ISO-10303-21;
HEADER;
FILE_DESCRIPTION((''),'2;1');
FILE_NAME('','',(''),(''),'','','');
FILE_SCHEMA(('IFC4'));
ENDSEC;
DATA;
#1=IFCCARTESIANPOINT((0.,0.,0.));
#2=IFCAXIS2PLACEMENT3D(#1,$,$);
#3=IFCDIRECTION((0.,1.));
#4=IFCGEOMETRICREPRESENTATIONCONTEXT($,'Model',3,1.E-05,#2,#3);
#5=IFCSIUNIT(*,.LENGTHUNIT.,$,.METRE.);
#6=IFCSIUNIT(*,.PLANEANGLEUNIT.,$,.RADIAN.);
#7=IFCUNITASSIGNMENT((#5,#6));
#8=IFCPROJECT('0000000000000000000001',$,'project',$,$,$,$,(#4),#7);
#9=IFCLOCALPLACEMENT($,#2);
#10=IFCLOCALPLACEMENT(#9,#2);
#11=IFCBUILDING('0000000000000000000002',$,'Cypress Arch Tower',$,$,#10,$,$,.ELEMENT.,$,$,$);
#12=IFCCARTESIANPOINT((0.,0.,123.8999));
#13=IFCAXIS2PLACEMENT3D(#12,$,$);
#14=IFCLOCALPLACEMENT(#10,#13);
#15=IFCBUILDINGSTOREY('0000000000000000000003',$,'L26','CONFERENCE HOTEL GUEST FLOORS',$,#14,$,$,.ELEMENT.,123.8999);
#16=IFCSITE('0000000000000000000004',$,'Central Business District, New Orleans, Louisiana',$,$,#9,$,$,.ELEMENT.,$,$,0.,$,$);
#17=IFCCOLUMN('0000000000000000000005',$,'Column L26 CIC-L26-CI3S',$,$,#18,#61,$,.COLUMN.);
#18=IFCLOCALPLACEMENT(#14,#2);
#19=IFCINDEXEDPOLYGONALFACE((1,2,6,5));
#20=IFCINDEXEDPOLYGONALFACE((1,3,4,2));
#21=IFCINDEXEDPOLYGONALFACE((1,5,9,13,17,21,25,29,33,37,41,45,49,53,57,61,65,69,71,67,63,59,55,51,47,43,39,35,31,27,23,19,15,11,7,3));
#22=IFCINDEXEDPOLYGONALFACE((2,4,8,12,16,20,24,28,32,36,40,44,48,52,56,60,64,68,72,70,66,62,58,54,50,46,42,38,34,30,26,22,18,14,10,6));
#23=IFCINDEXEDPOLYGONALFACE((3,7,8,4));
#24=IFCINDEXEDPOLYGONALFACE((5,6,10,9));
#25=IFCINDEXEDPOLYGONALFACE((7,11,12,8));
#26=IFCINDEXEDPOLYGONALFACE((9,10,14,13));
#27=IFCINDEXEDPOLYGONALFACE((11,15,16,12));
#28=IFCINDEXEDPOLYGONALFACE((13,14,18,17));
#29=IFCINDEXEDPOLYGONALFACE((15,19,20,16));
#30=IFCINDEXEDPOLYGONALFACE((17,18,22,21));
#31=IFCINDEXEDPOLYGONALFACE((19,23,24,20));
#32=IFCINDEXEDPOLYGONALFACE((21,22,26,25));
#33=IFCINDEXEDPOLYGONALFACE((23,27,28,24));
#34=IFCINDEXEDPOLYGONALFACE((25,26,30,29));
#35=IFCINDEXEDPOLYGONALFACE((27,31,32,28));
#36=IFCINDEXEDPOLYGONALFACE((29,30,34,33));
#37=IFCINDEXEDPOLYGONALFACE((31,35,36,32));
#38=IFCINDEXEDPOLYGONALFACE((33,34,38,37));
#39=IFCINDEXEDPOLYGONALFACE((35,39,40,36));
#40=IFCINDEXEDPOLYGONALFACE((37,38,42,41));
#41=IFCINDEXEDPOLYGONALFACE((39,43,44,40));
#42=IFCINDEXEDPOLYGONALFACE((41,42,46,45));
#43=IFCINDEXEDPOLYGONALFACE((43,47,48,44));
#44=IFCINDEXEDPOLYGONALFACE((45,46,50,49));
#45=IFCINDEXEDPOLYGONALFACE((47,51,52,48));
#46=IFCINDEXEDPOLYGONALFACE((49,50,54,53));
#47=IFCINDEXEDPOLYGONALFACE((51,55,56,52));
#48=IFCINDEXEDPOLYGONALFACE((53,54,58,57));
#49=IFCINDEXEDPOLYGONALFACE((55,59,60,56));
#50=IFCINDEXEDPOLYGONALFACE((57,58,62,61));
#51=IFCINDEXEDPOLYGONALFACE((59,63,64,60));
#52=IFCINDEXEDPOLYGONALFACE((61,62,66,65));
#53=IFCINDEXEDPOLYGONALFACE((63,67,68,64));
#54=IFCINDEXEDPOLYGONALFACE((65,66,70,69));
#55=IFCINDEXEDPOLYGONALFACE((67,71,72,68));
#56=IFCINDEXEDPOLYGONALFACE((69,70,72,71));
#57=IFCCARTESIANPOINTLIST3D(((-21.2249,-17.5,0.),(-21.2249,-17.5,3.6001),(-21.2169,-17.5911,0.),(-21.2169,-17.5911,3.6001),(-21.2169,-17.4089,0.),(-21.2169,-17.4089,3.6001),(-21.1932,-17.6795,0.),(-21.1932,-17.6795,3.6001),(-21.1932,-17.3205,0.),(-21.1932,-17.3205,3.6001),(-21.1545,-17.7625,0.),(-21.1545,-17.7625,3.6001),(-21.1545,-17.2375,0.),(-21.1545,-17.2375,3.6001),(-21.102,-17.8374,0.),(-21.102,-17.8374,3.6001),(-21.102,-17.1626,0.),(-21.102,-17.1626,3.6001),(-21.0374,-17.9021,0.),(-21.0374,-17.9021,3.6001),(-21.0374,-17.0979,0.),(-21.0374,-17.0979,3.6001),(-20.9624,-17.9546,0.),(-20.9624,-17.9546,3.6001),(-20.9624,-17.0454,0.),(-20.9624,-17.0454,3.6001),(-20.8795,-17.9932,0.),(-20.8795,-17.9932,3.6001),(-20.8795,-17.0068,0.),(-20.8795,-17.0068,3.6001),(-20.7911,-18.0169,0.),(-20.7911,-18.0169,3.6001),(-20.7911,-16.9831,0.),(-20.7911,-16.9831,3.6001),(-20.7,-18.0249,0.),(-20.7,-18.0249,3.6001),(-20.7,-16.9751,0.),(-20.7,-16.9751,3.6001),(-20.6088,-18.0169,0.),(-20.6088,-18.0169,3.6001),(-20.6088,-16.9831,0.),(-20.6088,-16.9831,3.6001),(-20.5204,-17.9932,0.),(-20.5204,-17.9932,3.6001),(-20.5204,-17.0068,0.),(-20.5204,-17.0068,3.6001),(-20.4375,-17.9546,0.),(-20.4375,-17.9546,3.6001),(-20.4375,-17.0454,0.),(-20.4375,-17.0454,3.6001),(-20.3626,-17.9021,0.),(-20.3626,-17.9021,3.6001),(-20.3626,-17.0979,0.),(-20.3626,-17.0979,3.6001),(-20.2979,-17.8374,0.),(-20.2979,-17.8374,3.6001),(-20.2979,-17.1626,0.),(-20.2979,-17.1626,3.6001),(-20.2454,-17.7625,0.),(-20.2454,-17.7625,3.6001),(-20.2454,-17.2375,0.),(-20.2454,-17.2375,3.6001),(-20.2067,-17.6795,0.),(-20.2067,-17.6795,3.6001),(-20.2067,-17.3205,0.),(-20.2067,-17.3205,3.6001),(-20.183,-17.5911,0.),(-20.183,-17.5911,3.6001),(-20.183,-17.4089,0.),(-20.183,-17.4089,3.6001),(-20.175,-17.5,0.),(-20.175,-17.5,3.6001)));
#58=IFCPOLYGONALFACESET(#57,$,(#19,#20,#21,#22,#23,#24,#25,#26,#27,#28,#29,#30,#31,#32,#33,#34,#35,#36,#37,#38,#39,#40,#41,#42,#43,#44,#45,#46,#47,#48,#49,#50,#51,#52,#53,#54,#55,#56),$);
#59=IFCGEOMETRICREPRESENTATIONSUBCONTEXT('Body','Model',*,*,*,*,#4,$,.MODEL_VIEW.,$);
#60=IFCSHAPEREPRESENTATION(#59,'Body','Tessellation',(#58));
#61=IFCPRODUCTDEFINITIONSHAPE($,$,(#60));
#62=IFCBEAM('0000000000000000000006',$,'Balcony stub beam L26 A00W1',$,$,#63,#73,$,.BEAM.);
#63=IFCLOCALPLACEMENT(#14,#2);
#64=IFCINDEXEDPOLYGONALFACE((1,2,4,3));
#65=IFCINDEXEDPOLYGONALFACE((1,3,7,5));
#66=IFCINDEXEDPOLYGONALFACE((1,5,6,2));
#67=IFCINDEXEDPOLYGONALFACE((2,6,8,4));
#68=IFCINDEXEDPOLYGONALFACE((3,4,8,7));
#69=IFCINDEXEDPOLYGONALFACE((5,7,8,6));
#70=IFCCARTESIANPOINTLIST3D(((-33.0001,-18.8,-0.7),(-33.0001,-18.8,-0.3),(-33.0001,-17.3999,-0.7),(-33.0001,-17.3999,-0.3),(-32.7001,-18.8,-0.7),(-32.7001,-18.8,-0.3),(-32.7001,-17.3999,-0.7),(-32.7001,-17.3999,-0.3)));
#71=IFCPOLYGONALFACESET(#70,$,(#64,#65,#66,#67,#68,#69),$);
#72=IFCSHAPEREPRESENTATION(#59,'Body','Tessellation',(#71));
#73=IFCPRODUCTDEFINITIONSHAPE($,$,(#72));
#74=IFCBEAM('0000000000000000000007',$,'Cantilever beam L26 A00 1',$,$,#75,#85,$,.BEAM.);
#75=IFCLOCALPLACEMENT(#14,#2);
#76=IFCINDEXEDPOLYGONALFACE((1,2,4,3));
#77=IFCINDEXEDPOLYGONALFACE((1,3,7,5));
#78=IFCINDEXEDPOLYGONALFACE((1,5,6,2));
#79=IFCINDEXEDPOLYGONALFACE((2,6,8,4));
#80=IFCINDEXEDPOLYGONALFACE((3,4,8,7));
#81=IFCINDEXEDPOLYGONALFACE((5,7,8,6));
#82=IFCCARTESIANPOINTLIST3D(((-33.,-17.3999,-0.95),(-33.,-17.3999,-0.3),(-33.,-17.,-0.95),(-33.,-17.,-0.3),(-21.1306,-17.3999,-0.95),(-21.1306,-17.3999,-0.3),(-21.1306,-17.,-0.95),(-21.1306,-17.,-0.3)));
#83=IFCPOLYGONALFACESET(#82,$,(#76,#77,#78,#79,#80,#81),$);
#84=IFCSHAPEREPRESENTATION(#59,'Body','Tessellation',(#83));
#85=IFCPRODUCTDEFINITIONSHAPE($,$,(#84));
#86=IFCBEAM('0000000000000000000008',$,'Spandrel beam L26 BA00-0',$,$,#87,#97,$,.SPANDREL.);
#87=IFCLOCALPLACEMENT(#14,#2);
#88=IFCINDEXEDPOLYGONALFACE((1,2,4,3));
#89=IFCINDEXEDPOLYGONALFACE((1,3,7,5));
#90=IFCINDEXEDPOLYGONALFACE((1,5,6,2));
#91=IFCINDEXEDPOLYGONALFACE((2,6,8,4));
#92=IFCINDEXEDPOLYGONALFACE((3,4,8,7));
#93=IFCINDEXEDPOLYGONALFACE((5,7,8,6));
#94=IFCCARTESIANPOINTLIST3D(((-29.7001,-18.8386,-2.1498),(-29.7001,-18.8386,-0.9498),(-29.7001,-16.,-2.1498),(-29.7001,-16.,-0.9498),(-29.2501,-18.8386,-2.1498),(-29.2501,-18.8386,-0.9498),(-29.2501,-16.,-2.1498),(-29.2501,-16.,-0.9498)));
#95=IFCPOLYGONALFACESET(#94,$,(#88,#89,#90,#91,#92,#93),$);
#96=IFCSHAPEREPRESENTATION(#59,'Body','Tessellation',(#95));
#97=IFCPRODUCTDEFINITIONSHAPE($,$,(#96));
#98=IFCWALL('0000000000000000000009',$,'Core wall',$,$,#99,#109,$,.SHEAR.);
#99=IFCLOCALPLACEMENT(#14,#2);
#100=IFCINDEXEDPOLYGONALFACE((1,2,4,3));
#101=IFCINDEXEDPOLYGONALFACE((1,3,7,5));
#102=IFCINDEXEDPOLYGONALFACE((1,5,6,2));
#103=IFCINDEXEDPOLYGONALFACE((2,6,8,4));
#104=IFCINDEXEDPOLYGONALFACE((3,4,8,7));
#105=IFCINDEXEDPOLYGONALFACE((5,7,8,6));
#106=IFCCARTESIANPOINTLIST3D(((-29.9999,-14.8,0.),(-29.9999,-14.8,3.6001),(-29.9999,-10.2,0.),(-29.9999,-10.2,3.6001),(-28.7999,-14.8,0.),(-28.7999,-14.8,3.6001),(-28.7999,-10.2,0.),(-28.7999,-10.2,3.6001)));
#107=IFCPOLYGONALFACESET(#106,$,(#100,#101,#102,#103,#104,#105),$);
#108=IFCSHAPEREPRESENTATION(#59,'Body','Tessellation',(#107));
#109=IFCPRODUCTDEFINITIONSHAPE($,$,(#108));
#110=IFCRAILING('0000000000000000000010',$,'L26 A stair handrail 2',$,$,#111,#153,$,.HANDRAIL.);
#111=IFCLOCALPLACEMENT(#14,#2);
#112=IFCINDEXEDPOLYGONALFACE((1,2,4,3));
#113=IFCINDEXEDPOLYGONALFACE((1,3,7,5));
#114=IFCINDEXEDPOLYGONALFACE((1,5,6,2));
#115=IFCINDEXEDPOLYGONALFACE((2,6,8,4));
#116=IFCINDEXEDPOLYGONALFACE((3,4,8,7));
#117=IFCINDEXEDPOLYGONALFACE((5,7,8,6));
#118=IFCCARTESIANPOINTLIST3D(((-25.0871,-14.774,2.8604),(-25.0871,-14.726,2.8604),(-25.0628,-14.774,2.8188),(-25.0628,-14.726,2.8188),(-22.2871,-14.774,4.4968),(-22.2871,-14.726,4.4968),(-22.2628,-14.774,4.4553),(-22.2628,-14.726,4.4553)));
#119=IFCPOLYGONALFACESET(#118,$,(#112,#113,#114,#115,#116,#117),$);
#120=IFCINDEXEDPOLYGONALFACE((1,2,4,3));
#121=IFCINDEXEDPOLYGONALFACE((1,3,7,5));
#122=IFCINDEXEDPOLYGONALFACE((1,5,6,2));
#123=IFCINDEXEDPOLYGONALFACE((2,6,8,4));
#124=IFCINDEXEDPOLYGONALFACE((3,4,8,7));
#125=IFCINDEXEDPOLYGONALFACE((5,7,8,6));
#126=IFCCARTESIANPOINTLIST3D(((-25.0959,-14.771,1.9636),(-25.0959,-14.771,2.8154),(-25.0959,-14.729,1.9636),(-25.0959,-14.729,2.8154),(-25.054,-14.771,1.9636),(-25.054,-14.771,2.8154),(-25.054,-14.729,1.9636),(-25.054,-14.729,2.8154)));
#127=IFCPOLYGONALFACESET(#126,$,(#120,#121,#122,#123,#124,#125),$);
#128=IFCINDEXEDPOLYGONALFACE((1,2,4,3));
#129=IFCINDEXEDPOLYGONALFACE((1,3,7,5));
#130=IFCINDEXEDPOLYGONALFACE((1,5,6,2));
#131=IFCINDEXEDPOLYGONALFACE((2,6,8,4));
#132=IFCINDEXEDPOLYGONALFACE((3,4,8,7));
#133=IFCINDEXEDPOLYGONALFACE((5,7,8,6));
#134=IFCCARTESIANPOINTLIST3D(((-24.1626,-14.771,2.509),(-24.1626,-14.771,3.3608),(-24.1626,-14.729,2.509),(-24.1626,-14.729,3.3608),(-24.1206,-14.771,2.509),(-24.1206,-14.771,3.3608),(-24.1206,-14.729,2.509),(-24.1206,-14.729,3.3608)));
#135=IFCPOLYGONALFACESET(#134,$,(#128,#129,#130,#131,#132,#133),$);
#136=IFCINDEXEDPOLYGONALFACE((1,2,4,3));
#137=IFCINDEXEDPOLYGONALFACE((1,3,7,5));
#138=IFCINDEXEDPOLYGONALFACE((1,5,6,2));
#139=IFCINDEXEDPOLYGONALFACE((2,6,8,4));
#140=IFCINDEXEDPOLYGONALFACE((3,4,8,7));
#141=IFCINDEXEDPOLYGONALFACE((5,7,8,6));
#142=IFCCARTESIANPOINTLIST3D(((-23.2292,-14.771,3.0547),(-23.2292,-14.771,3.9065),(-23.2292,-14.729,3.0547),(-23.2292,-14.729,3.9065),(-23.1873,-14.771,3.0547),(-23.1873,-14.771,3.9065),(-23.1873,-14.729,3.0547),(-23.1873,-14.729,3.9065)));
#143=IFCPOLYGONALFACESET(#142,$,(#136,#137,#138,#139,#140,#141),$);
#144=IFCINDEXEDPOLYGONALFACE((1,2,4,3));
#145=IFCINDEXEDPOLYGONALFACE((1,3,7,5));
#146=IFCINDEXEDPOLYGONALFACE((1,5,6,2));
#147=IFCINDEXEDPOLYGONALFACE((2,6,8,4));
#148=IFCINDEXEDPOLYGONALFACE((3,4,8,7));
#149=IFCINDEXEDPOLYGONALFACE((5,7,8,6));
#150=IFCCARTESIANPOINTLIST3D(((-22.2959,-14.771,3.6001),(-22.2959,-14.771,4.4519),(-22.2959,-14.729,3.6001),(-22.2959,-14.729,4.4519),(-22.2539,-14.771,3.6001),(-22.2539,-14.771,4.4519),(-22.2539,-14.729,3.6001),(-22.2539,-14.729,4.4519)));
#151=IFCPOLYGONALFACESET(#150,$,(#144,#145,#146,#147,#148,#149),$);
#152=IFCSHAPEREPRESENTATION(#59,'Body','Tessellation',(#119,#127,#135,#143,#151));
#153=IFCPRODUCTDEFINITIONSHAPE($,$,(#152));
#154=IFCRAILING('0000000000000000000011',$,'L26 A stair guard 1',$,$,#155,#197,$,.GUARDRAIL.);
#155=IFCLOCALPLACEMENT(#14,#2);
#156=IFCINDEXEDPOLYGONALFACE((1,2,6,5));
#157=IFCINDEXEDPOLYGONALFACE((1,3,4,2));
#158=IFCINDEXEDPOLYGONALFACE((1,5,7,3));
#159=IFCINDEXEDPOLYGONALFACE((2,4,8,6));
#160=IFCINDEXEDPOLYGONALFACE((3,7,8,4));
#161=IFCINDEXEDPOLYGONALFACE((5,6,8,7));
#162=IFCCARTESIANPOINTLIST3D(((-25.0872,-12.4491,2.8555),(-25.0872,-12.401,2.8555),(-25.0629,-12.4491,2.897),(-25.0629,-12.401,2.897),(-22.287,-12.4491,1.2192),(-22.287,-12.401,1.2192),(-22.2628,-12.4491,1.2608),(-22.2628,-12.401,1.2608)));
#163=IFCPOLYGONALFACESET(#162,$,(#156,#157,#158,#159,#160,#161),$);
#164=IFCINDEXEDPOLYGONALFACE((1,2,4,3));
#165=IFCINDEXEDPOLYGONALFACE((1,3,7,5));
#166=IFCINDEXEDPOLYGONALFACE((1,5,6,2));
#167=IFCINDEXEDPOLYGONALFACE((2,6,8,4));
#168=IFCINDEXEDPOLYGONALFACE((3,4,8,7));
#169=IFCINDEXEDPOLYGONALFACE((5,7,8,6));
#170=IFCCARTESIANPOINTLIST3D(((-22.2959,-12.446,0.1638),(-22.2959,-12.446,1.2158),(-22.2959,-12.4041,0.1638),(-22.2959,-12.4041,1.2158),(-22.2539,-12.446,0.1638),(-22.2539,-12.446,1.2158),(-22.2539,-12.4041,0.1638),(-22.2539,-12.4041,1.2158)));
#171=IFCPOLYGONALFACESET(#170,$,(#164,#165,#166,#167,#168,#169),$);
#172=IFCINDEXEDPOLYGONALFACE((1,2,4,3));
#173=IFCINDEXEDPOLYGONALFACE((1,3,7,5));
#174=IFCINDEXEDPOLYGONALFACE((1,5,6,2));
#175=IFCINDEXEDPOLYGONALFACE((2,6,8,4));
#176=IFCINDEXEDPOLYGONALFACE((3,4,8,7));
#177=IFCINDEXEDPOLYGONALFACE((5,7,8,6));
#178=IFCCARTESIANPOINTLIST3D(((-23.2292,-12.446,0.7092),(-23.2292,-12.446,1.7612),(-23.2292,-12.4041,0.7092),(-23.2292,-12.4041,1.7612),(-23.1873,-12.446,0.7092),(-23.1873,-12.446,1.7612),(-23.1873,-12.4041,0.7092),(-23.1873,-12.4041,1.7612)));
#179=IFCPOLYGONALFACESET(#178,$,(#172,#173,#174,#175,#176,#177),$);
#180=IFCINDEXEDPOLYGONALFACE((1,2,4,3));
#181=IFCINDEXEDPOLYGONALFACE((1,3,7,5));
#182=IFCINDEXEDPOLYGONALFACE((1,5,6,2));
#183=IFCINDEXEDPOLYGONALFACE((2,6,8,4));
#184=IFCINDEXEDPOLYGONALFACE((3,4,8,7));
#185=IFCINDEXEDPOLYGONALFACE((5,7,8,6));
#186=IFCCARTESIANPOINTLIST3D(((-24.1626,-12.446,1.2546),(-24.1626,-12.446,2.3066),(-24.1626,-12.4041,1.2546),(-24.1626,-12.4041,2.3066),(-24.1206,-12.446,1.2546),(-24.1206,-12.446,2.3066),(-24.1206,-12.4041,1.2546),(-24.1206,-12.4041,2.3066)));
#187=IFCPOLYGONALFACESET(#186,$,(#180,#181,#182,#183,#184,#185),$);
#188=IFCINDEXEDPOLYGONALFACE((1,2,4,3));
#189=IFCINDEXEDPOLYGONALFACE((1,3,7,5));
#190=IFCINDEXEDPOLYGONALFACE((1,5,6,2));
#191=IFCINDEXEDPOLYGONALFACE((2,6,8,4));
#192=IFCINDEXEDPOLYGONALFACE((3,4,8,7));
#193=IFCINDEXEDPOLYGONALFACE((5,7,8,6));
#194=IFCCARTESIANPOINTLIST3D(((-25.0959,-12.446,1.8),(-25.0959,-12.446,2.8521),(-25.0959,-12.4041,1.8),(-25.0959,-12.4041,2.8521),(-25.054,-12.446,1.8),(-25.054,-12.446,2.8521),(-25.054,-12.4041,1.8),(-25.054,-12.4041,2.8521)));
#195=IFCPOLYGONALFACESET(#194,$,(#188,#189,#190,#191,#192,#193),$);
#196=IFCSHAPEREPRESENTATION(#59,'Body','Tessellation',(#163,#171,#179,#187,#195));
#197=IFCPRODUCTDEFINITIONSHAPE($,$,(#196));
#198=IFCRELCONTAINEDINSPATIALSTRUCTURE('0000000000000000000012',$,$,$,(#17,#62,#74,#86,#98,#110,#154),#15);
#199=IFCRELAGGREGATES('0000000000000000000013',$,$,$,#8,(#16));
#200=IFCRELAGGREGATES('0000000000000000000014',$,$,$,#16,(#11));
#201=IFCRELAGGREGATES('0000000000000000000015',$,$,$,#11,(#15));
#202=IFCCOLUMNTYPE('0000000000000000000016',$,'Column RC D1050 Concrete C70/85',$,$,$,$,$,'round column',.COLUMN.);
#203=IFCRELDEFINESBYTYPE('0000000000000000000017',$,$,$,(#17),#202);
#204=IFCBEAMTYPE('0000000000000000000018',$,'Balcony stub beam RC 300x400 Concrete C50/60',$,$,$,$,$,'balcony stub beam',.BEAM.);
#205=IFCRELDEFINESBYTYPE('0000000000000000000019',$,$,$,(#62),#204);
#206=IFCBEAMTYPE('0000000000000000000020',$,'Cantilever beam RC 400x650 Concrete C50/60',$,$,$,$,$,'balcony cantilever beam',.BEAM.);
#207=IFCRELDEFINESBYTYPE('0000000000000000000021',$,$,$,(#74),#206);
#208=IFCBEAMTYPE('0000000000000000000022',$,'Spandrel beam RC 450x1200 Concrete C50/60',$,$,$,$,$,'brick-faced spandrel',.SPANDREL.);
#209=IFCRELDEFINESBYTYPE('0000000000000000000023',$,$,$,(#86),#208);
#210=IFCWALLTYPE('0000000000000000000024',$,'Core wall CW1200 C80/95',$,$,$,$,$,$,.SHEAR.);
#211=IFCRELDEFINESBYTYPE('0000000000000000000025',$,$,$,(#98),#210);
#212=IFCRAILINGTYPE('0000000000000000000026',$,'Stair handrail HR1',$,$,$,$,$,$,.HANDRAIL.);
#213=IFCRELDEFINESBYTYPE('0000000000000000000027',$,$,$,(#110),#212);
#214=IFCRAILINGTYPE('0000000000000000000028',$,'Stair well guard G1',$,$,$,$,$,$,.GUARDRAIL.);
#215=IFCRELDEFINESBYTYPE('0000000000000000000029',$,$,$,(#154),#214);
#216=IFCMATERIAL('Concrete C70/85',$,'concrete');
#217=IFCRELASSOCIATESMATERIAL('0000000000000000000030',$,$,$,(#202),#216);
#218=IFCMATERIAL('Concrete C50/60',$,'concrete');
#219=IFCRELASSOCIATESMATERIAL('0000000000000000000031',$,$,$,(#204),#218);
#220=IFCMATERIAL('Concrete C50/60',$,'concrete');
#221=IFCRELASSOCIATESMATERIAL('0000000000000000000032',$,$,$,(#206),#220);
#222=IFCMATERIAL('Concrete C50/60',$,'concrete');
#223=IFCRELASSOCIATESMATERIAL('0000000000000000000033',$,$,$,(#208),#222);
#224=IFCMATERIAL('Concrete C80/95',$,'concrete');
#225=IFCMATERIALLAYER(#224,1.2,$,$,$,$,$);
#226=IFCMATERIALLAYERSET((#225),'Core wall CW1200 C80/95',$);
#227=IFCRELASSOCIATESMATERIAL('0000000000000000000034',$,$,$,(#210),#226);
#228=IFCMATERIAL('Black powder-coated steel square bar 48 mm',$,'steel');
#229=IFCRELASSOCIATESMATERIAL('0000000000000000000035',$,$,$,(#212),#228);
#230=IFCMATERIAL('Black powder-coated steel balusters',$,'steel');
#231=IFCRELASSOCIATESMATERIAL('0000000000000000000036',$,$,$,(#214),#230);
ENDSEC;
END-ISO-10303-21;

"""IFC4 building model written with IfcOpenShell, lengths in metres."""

from ifc_helpers import new_model, si_unit, direction, frame, frame_2d, origin, origin_2d, place, context, subcontext, project, spatial, rectangle, circle, extrude, material, layer, layer_set, material_profile, profile_set, type_object, element, save


model = new_model("IFC4")

# Units and contexts
model_context = context("Model", 3, precision=1e-05, world=origin(), true_north=direction((0.0, 1.0)))
body_context = subcontext(model_context, "Body", "Model", "MODEL_VIEW")
ifc_project = project(units=[si_unit("LENGTHUNIT", "METRE"), si_unit("PLANEANGLEUNIT", "RADIAN")], contexts=[model_context])

# Site, building, storey
site_placement = place(None, origin())
site = spatial("IfcSite", under=ifc_project, at=site_placement, Name="Central Business District, New Orleans, Louisiana", CompositionType="ELEMENT", RefElevation=0.0)
building_placement = place(site_placement, origin())
building = spatial("IfcBuilding", under=site, at=building_placement, Name="Cypress Arch Tower", CompositionType="ELEMENT")
storey_placement = place(building_placement, frame((0.0, 0.0, 123.8999)))
storey = spatial("IfcBuildingStorey", under=building, at=storey_placement, Name="L26", Description="CONFERENCE HOTEL GUEST FLOORS", CompositionType="ELEMENT", Elevation=123.8999)

# Column
ifc_material_1 = material(Name="Concrete C70/85", Category="concrete")
ifc_material_profile_1 = material_profile(ifc_material_1, circle(Radius=0.5249, at=origin_2d()), Name="RC D1050")
ifc_profile_set_1 = profile_set([ifc_material_profile_1], Name="Concrete C70/85")
column_type = type_object("IfcColumnType", Name="Column RC D1050 Concrete C70/85", ElementType="round column", PredefinedType="COLUMN", material=ifc_profile_set_1)
column_placement = place(storey_placement, frame((-20.7, -17.5, 0.0), z_axis=(0.0, 0.0, 1.0), x_axis=(1.0, 0.0, 0.0)))
element("IfcColumn", 1, at=column_placement, inside=storey, type_object=column_type, Name="Column L26 CIC-L26-CI3S", PredefinedType="COLUMN", context=body_context, shape_type="SweptSolid", body=[
    extrude(circle(Radius=0.5249, at=origin_2d()), origin(), (0.0, 0.0, 1.0), 3.6001),
])

# Beams
ifc_material_2 = material(Name="Concrete C50/60", Category="concrete")
ifc_material_profile_2 = material_profile(ifc_material_2, rectangle(XDim=0.3, YDim=0.3999, at=origin_2d()), Name="RC 300x400")
ifc_profile_set_2 = profile_set([ifc_material_profile_2], Name="Concrete C50/60")
beam_type_1 = type_object("IfcBeamType", Name="Balcony stub beam RC 300x400 Concrete C50/60", ElementType="balcony stub beam", PredefinedType="BEAM", material=ifc_profile_set_2)
beam_1_placement = place(storey_placement, frame((-32.8501, -17.3999, -0.5), z_axis=(0.0, -1.0, 0.0), x_axis=(1.0, 0.0, 0.0)))
element("IfcBeam", 2, at=beam_1_placement, inside=storey, type_object=beam_type_1, Name="Balcony stub beam L26 A00W1", PredefinedType="BEAM", context=body_context, shape_type="SweptSolid", body=[
    extrude(rectangle(XDim=0.3, YDim=0.3999, at=origin_2d()), origin(), (0.0, 0.0, 1.0), 1.4001),
])
ifc_material_3 = material(Name="Concrete C50/60", Category="concrete")
ifc_material_profile_3 = material_profile(ifc_material_3, rectangle(XDim=0.3999, YDim=0.6499, at=origin_2d()), Name="RC 400x650")
ifc_profile_set_3 = profile_set([ifc_material_profile_3], Name="Concrete C50/60")
beam_type_2 = type_object("IfcBeamType", Name="Cantilever beam RC 400x650 Concrete C50/60", ElementType="balcony cantilever beam", PredefinedType="BEAM", material=ifc_profile_set_3)
beam_2_placement = place(storey_placement, frame((-21.1306, -17.2, -0.625), z_axis=(-1.0, 0.0, 0.0), x_axis=(0.0, -1.0, 0.0)))
element("IfcBeam", 3, at=beam_2_placement, inside=storey, type_object=beam_type_2, Name="Cantilever beam L26 A00 1", PredefinedType="BEAM", context=body_context, shape_type="SweptSolid", body=[
    extrude(rectangle(XDim=0.3999, YDim=0.6499, at=origin_2d()), origin(), (0.0, 0.0, 1.0), 11.8694),
])
ifc_material_4 = material(Name="Concrete C50/60", Category="concrete")
ifc_material_profile_4 = material_profile(ifc_material_4, rectangle(XDim=0.45, YDim=1.2, at=origin_2d()), Name="RC 450x1200")
ifc_profile_set_4 = profile_set([ifc_material_profile_4], Name="Concrete C50/60")
beam_type_3 = type_object("IfcBeamType", Name="Spandrel beam RC 450x1200 Concrete C50/60", ElementType="brick-faced spandrel", PredefinedType="SPANDREL", material=ifc_profile_set_4)
beam_3_placement = place(storey_placement, frame((-29.4751, -16.0, -1.5498), z_axis=(0.0, -1.0, 0.0), x_axis=(1.0, 0.0, 0.0)))
element("IfcBeam", 4, at=beam_3_placement, inside=storey, type_object=beam_type_3, Name="Spandrel beam L26 BA00-0", PredefinedType="SPANDREL", context=body_context, shape_type="SweptSolid", body=[
    extrude(rectangle(XDim=0.45, YDim=1.2, at=origin_2d()), origin(), (0.0, 0.0, 1.0), 2.8386),
])

# Shared definitions
ifc_material_5 = material(Name="Concrete C80/95", Category="concrete")
ifc_layer_1 = layer(ifc_material_5, 1.2)
ifc_layer_set_1 = layer_set([ifc_layer_1], Name="Core wall CW1200 C80/95")
wall_type_1 = type_object("IfcWallType", Name="Core wall CW1200 C80/95", PredefinedType="SHEAR", material=ifc_layer_set_1)

# Wall
wall_1_placement = place(storey_placement, frame((-29.3999, -14.8, 0.0), z_axis=(0.0, 0.0, 1.0), x_axis=(0.0, 1.0, 0.0)))
element("IfcWall", 5, at=wall_1_placement, inside=storey, type_object=wall_type_1, Name="Core wall", PredefinedType="SHEAR", context=body_context, shape_type="SweptSolid", body=[
    extrude(rectangle(XDim=4.6001, YDim=1.2, at=frame_2d((2.3, 0.0))), origin(), (0.0, 0.0, 1.0), 3.6001),
])

# Railings
ifc_material_6 = material(Name="Black powder-coated steel square bar 48 mm", Category="steel")
railing_type_1 = type_object("IfcRailingType", Name="Stair handrail HR1", PredefinedType="HANDRAIL", material=ifc_material_6)
railing_1_placement = place(storey_placement, frame((-25.075, -14.75, 1.9636)))
element("IfcRailing", 6, at=railing_1_placement, inside=storey, type_object=railing_type_1, Name="L26 A stair handrail 2", PredefinedType="HANDRAIL", context=body_context, shape_type="SweptSolid", body=[
    extrude(rectangle(XDim=0.0481, YDim=0.0481, at=origin_2d()), frame((0.0, 0.0, 0.876), z_axis=(0.863361, 0.0, 0.504587), x_axis=(0.0, 1.0, 0.0)), (0.0, 0.0, 1.0), 3.2432),
    extrude(rectangle(XDim=0.042, YDim=0.042, at=origin_2d()), origin(), (0.0, 0.0, 1.0), 0.8518),
    extrude(rectangle(XDim=0.042, YDim=0.042, at=origin_2d()), frame((0.9333, 0.0, 0.5454)), (0.0, 0.0, 1.0), 0.8518),
    extrude(rectangle(XDim=0.042, YDim=0.042, at=origin_2d()), frame((1.8667, 0.0, 1.0911)), (0.0, 0.0, 1.0), 0.8518),
    extrude(rectangle(XDim=0.042, YDim=0.042, at=origin_2d()), frame((2.8, 0.0, 1.6365)), (0.0, 0.0, 1.0), 0.8518),
])
ifc_material_7 = material(Name="Black powder-coated steel balusters", Category="steel")
railing_type_2 = type_object("IfcRailingType", Name="Stair well guard G1", PredefinedType="GUARDRAIL", material=ifc_material_7)
railing_2_placement = place(storey_placement, frame((-22.2749, -12.425, 0.1638)))
element("IfcRailing", 7, at=railing_2_placement, inside=storey, type_object=railing_type_2, Name="L26 A stair guard 1", PredefinedType="GUARDRAIL", context=body_context, shape_type="SweptSolid", body=[
    extrude(rectangle(XDim=0.0481, YDim=0.0481, at=origin_2d()), frame((0.0, 0.0, 1.0762), z_axis=(-0.863394, 0.0, 0.504531), x_axis=(0.0, -1.0, 0.0)), (0.0, 0.0, 1.0), 3.2432),
    extrude(rectangle(XDim=0.042, YDim=0.042, at=origin_2d()), origin(), (0.0, 0.0, 1.0), 1.052),
    extrude(rectangle(XDim=0.042, YDim=0.042, at=origin_2d()), frame((-0.9333, 0.0, 0.5454)), (0.0, 0.0, 1.0), 1.052),
    extrude(rectangle(XDim=0.042, YDim=0.042, at=origin_2d()), frame((-1.8667, 0.0, 1.0908)), (0.0, 0.0, 1.0), 1.052),
    extrude(rectangle(XDim=0.042, YDim=0.042, at=origin_2d()), frame((-2.8, 0.0, 1.6362)), (0.0, 0.0, 1.0), 1.052),
])

save(model, "model.ifc")
